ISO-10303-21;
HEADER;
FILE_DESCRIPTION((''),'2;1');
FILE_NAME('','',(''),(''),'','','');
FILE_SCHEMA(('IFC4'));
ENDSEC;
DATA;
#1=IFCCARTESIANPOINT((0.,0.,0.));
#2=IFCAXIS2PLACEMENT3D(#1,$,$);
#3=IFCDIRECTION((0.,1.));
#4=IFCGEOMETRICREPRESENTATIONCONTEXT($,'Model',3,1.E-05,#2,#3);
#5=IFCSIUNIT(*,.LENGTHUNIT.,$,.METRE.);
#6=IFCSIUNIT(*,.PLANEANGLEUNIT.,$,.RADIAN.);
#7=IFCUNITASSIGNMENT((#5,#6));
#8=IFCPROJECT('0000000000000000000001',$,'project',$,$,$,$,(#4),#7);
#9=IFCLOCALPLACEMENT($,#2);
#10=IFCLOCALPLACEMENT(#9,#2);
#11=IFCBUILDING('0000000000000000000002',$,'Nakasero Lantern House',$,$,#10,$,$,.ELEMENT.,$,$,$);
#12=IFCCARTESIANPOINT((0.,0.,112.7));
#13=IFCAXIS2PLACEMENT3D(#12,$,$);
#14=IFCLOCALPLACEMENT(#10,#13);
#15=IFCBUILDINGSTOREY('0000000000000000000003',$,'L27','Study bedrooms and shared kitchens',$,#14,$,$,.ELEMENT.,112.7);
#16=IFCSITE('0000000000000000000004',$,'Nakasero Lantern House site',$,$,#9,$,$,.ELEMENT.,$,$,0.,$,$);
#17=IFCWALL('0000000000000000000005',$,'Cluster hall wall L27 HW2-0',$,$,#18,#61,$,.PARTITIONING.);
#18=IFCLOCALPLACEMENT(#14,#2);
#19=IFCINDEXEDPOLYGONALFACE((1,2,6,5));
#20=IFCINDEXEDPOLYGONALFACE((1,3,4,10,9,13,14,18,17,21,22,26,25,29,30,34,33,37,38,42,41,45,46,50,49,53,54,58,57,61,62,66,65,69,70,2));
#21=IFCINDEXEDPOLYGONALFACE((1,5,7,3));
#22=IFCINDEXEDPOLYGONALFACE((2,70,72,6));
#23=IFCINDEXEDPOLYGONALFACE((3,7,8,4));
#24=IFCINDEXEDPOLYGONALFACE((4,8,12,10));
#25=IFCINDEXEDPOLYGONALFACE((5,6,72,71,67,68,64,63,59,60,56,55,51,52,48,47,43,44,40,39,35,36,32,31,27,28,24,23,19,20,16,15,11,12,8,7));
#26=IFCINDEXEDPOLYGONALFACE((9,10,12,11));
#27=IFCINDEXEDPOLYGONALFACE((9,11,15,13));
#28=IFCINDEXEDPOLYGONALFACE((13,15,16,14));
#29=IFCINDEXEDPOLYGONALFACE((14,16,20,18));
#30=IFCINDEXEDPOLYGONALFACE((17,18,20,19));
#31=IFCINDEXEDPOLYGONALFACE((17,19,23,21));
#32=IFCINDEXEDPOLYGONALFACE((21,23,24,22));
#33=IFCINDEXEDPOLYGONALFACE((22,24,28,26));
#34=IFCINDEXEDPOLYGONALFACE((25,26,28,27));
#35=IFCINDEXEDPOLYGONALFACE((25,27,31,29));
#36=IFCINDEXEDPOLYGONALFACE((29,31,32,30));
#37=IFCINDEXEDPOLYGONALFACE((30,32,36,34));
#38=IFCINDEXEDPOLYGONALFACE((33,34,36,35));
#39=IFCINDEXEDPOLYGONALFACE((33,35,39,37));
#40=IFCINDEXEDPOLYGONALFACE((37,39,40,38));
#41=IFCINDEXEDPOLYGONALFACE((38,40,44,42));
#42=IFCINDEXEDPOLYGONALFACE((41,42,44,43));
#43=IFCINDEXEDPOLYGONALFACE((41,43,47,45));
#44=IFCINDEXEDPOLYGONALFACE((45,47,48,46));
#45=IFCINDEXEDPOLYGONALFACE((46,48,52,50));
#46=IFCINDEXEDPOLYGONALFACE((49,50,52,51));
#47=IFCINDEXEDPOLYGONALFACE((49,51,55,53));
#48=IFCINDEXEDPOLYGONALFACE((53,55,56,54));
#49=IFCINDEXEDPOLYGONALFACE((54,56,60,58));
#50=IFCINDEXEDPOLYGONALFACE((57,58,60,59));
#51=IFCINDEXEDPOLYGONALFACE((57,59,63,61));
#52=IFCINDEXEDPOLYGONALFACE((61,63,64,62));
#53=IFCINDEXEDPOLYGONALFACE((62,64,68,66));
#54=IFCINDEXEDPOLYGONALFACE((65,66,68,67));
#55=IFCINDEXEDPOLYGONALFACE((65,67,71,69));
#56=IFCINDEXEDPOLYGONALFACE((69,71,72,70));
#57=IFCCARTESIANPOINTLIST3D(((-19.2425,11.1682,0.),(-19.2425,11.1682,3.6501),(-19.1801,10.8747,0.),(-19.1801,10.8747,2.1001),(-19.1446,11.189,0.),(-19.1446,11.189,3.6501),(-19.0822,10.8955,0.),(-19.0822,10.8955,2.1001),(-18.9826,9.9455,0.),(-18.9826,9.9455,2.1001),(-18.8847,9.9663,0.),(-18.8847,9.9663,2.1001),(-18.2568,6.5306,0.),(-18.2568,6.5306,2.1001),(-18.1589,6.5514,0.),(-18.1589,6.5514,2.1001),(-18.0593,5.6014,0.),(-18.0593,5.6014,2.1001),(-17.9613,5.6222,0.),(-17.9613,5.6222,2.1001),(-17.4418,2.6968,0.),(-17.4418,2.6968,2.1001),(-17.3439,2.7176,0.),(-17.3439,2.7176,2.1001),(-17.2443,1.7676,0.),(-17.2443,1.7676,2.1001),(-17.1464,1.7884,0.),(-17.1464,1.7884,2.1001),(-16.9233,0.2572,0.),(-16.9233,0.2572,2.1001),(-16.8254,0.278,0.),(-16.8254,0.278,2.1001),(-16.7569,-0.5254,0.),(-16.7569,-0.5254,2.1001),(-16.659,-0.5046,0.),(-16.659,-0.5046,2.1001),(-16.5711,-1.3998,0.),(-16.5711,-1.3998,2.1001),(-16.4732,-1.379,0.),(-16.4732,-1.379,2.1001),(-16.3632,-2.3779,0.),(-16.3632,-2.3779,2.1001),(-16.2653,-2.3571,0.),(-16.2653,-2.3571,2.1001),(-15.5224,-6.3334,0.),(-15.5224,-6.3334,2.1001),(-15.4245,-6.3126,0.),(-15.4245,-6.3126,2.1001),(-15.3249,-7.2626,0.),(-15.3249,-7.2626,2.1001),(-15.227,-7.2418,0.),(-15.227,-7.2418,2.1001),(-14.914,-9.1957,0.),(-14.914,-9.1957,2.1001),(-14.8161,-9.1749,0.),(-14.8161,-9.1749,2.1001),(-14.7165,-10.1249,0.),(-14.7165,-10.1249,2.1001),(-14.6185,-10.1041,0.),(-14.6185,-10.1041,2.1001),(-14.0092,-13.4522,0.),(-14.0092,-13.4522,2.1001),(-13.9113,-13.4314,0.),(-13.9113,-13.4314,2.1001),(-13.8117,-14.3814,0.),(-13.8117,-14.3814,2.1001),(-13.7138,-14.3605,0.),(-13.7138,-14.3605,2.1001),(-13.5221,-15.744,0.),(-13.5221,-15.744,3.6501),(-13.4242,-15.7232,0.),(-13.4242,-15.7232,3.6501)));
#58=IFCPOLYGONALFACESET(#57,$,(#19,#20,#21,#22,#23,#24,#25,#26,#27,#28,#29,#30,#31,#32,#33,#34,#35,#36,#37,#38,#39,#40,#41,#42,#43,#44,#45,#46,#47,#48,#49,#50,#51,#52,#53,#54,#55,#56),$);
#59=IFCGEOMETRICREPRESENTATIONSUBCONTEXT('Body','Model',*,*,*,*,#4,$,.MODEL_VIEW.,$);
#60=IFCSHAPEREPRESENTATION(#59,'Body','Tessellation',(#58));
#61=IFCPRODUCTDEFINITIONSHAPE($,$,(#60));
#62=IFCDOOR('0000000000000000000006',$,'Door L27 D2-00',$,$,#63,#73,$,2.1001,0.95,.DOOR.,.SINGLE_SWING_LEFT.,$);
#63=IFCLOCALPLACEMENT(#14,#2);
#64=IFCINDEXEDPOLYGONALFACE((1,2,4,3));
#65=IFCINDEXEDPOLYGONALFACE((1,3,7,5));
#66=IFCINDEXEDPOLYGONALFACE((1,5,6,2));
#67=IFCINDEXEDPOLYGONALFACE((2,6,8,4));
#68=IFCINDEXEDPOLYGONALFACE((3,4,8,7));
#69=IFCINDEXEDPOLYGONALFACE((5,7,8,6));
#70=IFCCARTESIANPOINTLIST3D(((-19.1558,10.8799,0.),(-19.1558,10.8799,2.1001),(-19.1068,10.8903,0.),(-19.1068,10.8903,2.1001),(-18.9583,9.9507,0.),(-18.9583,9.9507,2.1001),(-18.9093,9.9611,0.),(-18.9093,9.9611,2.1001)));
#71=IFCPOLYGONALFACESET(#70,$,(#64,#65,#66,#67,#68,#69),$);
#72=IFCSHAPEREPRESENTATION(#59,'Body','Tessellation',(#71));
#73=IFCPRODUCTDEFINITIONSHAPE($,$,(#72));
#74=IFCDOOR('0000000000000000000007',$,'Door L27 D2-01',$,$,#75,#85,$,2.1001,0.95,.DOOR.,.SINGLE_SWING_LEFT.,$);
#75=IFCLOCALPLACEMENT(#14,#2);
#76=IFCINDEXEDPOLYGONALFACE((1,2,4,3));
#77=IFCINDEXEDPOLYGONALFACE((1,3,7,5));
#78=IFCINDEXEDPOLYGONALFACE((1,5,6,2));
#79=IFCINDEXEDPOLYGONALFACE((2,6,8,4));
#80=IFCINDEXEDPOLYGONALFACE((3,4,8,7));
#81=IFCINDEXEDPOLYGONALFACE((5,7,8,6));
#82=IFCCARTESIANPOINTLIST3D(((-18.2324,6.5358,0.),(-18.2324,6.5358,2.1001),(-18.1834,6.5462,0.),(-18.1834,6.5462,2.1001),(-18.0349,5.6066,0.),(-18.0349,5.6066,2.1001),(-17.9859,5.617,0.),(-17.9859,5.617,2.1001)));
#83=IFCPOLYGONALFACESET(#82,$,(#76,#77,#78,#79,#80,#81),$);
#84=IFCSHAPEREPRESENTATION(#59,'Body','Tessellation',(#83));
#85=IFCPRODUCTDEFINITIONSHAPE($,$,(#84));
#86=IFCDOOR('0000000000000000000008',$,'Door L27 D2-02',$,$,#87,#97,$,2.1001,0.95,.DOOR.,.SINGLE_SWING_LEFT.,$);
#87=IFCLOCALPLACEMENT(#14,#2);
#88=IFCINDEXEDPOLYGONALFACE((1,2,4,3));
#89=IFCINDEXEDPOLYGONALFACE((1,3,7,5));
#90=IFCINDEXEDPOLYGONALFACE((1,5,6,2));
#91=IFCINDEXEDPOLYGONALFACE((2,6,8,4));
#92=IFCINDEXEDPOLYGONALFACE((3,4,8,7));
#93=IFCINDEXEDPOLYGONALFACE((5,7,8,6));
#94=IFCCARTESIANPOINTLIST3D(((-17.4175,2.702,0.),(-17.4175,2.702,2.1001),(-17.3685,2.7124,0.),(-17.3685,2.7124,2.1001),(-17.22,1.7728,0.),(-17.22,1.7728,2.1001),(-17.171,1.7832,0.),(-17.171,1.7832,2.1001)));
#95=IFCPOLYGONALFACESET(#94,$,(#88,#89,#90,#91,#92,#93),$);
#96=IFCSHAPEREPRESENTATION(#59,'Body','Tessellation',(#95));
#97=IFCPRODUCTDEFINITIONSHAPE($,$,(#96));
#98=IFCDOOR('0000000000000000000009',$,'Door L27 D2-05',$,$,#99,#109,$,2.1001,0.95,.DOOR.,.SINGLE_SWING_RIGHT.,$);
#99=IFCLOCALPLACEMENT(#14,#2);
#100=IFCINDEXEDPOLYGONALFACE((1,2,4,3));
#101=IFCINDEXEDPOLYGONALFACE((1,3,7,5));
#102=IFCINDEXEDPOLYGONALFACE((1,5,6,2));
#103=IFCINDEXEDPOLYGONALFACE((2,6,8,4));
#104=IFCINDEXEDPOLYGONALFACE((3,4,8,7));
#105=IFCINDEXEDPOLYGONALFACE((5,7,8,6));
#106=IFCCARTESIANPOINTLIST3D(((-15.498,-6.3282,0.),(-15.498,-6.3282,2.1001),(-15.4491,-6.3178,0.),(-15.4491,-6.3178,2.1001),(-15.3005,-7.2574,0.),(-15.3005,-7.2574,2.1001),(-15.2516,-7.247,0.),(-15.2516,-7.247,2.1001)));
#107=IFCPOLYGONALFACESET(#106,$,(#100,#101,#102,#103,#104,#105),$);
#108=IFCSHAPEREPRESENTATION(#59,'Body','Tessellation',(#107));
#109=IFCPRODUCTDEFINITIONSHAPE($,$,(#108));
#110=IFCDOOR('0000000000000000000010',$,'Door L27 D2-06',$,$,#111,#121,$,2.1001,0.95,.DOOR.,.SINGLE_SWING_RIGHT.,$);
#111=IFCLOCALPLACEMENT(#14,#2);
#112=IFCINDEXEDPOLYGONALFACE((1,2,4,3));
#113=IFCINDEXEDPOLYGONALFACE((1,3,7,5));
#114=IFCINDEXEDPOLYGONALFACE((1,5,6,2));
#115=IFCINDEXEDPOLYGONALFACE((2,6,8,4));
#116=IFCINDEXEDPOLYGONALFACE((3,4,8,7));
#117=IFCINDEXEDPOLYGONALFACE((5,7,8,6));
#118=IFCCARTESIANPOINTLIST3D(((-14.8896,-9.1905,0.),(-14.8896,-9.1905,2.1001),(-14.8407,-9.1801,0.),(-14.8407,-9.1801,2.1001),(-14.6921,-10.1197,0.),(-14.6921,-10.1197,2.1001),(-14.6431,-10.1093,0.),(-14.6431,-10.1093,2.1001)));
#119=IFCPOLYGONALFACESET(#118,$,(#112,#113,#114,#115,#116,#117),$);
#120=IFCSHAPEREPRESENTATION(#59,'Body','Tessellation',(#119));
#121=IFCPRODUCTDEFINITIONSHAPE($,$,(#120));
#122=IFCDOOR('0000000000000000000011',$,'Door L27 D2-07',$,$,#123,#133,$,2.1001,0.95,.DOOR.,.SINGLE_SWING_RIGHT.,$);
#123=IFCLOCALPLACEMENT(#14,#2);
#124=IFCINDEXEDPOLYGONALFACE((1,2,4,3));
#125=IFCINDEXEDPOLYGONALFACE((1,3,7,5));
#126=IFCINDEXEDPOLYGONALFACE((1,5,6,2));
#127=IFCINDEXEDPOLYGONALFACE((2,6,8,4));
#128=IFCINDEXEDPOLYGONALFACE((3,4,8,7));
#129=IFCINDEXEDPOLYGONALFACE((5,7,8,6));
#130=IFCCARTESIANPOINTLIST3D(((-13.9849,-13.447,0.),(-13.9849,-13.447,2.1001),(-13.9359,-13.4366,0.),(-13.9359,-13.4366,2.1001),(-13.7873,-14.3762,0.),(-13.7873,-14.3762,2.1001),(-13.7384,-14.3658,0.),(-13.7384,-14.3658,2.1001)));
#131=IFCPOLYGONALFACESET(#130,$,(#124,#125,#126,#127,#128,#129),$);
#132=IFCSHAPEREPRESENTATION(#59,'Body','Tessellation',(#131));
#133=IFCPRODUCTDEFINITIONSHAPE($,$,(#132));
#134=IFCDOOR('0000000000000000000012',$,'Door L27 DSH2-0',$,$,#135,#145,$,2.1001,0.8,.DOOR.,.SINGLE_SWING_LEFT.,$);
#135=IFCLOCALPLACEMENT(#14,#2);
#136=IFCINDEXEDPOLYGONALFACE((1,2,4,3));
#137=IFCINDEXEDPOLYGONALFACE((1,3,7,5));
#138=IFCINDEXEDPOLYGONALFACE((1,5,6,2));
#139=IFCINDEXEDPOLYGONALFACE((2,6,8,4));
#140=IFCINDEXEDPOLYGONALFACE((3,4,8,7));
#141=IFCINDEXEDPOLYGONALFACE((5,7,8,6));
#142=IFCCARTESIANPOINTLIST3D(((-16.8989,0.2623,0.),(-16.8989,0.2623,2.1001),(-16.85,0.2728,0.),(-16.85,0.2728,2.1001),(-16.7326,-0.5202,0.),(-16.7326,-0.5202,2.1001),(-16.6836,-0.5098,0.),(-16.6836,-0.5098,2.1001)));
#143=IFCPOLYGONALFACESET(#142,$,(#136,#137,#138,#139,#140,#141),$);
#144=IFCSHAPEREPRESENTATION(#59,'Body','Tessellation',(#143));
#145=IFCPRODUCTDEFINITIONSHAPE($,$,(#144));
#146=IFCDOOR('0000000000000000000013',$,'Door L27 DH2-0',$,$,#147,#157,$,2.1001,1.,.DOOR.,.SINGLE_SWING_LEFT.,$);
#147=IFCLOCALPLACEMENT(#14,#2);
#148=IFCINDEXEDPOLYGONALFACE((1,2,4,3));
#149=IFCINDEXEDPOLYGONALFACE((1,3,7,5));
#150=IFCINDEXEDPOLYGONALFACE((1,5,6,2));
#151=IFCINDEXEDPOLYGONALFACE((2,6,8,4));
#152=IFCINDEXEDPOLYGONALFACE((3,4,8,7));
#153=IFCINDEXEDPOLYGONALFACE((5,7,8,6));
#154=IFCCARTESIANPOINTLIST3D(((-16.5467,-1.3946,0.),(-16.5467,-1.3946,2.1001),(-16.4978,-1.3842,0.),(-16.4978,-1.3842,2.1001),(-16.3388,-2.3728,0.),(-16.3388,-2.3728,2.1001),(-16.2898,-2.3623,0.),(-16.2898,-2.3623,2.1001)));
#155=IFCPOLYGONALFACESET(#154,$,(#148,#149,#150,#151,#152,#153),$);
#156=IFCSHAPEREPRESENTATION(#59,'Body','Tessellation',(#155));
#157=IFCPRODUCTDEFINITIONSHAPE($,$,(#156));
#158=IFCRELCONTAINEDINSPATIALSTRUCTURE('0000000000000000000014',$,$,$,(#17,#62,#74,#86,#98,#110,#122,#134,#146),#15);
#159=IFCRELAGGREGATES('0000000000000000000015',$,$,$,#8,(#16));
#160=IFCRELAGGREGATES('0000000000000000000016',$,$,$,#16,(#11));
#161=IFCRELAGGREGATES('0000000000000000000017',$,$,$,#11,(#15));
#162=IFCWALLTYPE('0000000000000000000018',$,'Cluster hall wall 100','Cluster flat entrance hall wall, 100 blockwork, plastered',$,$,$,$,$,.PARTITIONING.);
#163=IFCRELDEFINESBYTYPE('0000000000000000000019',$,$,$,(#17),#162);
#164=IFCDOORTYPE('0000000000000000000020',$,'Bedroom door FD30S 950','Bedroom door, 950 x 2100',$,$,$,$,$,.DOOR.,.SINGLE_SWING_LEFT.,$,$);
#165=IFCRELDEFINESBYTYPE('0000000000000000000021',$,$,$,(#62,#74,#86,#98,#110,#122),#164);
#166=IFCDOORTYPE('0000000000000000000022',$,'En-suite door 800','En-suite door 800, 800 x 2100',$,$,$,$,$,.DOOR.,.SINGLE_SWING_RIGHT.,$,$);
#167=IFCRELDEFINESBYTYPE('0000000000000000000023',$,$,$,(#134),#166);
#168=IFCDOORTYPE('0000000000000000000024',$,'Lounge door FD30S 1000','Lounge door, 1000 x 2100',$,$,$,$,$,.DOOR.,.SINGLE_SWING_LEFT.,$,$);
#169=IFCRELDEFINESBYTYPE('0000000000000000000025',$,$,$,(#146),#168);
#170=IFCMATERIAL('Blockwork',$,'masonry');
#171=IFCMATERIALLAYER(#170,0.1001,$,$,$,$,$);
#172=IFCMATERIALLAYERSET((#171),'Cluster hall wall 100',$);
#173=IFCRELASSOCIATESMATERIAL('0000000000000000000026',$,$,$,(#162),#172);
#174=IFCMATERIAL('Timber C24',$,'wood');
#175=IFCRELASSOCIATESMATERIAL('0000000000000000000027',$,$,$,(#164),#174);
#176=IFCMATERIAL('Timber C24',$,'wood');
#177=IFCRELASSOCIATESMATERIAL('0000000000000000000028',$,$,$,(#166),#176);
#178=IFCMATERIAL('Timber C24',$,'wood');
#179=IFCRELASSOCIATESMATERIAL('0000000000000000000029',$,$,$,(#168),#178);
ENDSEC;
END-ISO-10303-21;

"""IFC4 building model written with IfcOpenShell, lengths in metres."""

from ifc_helpers import new_model, si_unit, direction, frame, frame_2d, origin, place, context, subcontext, project, spatial, rectangle, extrude, material, layer, layer_set, type_object, element, fill, save


model = new_model("IFC4")

# Units and contexts
model_context = context("Model", 3, precision=1e-05, world=origin(), true_north=direction((0.0, 1.0)))
body_context = subcontext(model_context, "Body", "Model", "MODEL_VIEW")
ifc_project = project(units=[si_unit("LENGTHUNIT", "METRE"), si_unit("PLANEANGLEUNIT", "RADIAN")], contexts=[model_context])

# Site, building, storey
site_placement = place(None, origin())
site = spatial("IfcSite", under=ifc_project, at=site_placement, Name="Nakasero Lantern House site", CompositionType="ELEMENT", RefElevation=0.0)
building_placement = place(site_placement, origin())
building = spatial("IfcBuilding", under=site, at=building_placement, Name="Nakasero Lantern House", CompositionType="ELEMENT")
storey_placement = place(building_placement, frame((0.0, 0.0, 112.7)))
storey = spatial("IfcBuildingStorey", under=building, at=storey_placement, Name="L27", Description="Study bedrooms and shared kitchens", CompositionType="ELEMENT", Elevation=112.7)

# Wall, openings, doors
ifc_material_1 = material(Name="Blockwork", Category="masonry")
ifc_layer_1 = layer(ifc_material_1, 0.1001)
ifc_layer_set_1 = layer_set([ifc_layer_1], Name="Cluster hall wall 100")
wall_type_1 = type_object("IfcWallType", Name="Cluster hall wall 100", Description="Cluster flat entrance hall wall, 100 blockwork, plastered", PredefinedType="PARTITIONING", material=ifc_layer_set_1)
wall_1_placement = place(storey_placement, frame((-19.1936, 11.1787, 0.0), z_axis=(0.0, 0.0, 1.0), x_axis=(0.207916, -0.978147, 0.0)))
wall_1 = element("IfcWall", 1, at=wall_1_placement, inside=storey, type_object=wall_type_1, Name="Cluster hall wall L27 HW2-0", PredefinedType="PARTITIONING", context=body_context, shape_type="SweptSolid", body=[
    extrude(rectangle(XDim=27.5134, YDim=0.1001, at=frame_2d((13.7568, 0.0))), origin(), (0.0, 0.0, 1.0), 3.6501),
])
opening_1_placement = place(wall_1_placement, frame((12.8489, 0.0, 0.0)))
opening_1 = element("IfcOpeningElement", 2, at=opening_1_placement, cuts=wall_1, PredefinedType="OPENING", context=body_context, shape_type="SweptSolid", body=[
    extrude(rectangle(XDim=1.0, YDim=2.1001, at=frame_2d((0.5, 1.05))), frame((0.0, 0.0701, 0.0), z_axis=(0.0, -1.0, 0.0), x_axis=(1.0, 0.0, 0.0)), (0.0, 0.0, 1.0), 0.1401),
])
opening_2_placement = place(wall_1_placement, frame((11.155, 0.0, 0.0)))
opening_2 = element("IfcOpeningElement", 3, at=opening_2_placement, cuts=wall_1, PredefinedType="OPENING", context=body_context, shape_type="SweptSolid", body=[
    extrude(rectangle(XDim=0.8, YDim=2.1001, at=frame_2d((0.3999, 1.05))), frame((0.0, 0.0701, 0.0), z_axis=(0.0, -1.0, 0.0), x_axis=(1.0, 0.0, 0.0)), (0.0, 0.0, 1.0), 0.1401),
])
opening_3_placement = place(wall_1_placement, frame((0.3, 0.0, 0.0)))
opening_3 = element("IfcOpeningElement", 4, at=opening_3_placement, cuts=wall_1, PredefinedType="OPENING", context=body_context, shape_type="SweptSolid", body=[
    extrude(rectangle(XDim=0.95, YDim=2.1001, at=frame_2d((0.4751, 1.05))), frame((0.0, 0.0701, 0.0), z_axis=(0.0, -1.0, 0.0), x_axis=(1.0, 0.0, 0.0)), (0.0, 0.0, 1.0), 0.1401),
])
opening_4_placement = place(wall_1_placement, frame((4.7412, 0.0, 0.0)))
opening_4 = element("IfcOpeningElement", 5, at=opening_4_placement, cuts=wall_1, PredefinedType="OPENING", context=body_context, shape_type="SweptSolid", body=[
    extrude(rectangle(XDim=0.95, YDim=2.1001, at=frame_2d((0.4751, 1.05))), frame((0.0, 0.0701, 0.0), z_axis=(0.0, -1.0, 0.0), x_axis=(1.0, 0.0, 0.0)), (0.0, 0.0, 1.0), 0.1401),
])
opening_5_placement = place(wall_1_placement, frame((8.6606, 0.0, 0.0)))
opening_5 = element("IfcOpeningElement", 6, at=opening_5_placement, cuts=wall_1, PredefinedType="OPENING", context=body_context, shape_type="SweptSolid", body=[
    extrude(rectangle(XDim=0.95, YDim=2.1001, at=frame_2d((0.4751, 1.05))), frame((0.0, 0.0701, 0.0), z_axis=(0.0, -1.0, 0.0), x_axis=(1.0, 0.0, 0.0)), (0.0, 0.0, 1.0), 0.1401),
])
opening_6_placement = place(wall_1_placement, frame((17.8926, 0.0, 0.0)))
opening_6 = element("IfcOpeningElement", 7, at=opening_6_placement, cuts=wall_1, PredefinedType="OPENING", context=body_context, shape_type="SweptSolid", body=[
    extrude(rectangle(XDim=0.95, YDim=2.1001, at=frame_2d((0.4751, 1.05))), frame((0.0, 0.0701, 0.0), z_axis=(0.0, -1.0, 0.0), x_axis=(1.0, 0.0, 0.0)), (0.0, 0.0, 1.0), 0.1401),
])
opening_7_placement = place(wall_1_placement, frame((20.8188, 0.0, 0.0)))
opening_7 = element("IfcOpeningElement", 8, at=opening_7_placement, cuts=wall_1, PredefinedType="OPENING", context=body_context, shape_type="SweptSolid", body=[
    extrude(rectangle(XDim=0.95, YDim=2.1001, at=frame_2d((0.4751, 1.05))), frame((0.0, 0.0701, 0.0), z_axis=(0.0, -1.0, 0.0), x_axis=(1.0, 0.0, 0.0)), (0.0, 0.0, 1.0), 0.1401),
])
opening_8_placement = place(wall_1_placement, frame((25.1704, 0.0, 0.0)))
opening_8 = element("IfcOpeningElement", 9, at=opening_8_placement, cuts=wall_1, PredefinedType="OPENING", context=body_context, shape_type="SweptSolid", body=[
    extrude(rectangle(XDim=0.95, YDim=2.1001, at=frame_2d((0.4751, 1.05))), frame((0.0, 0.0701, 0.0), z_axis=(0.0, -1.0, 0.0), x_axis=(1.0, 0.0, 0.0)), (0.0, 0.0, 1.0), 0.1401),
])
ifc_material_2 = material(Name="Timber C24", Category="wood")
door_type_1 = type_object("IfcDoorType", Name="Bedroom door FD30S 950", Description="Bedroom door, 950 x 2100", OperationType="SINGLE_SWING_LEFT", PredefinedType="DOOR", material=ifc_material_2)
door_1_placement = place(opening_3_placement, origin())
door_1 = element("IfcDoor", 10, at=door_1_placement, inside=storey, type_object=door_type_1, Name="Door L27 D2-00", OperationType="SINGLE_SWING_LEFT", OverallHeight=2.1001, OverallWidth=0.95, PredefinedType="DOOR", context=body_context, shape_type="SweptSolid", body=[
    extrude(rectangle(XDim=0.95, YDim=2.1001, at=frame_2d((0.4751, 1.05))), frame((0.0, 0.0249, 0.0), z_axis=(0.0, -1.0, 0.0), x_axis=(1.0, 0.0, 0.0)), (0.0, 0.0, 1.0), 0.05),
])
fill(opening_3, door_1)
door_2_placement = place(opening_4_placement, origin())
door_2 = element("IfcDoor", 11, at=door_2_placement, inside=storey, type_object=door_type_1, Name="Door L27 D2-01", OperationType="SINGLE_SWING_LEFT", OverallHeight=2.1001, OverallWidth=0.95, PredefinedType="DOOR", context=body_context, shape_type="SweptSolid", body=[
    extrude(rectangle(XDim=0.95, YDim=2.1001, at=frame_2d((0.4751, 1.05))), frame((0.0, 0.0249, 0.0), z_axis=(0.0, -1.0, 0.0), x_axis=(1.0, 0.0, 0.0)), (0.0, 0.0, 1.0), 0.05),
])
fill(opening_4, door_2)
door_3_placement = place(opening_5_placement, origin())
door_3 = element("IfcDoor", 12, at=door_3_placement, inside=storey, type_object=door_type_1, Name="Door L27 D2-02", OperationType="SINGLE_SWING_LEFT", OverallHeight=2.1001, OverallWidth=0.95, PredefinedType="DOOR", context=body_context, shape_type="SweptSolid", body=[
    extrude(rectangle(XDim=0.95, YDim=2.1001, at=frame_2d((0.4751, 1.05))), frame((0.0, 0.0249, 0.0), z_axis=(0.0, -1.0, 0.0), x_axis=(1.0, 0.0, 0.0)), (0.0, 0.0, 1.0), 0.05),
])
fill(opening_5, door_3)
door_4_placement = place(opening_6_placement, origin())
door_4 = element("IfcDoor", 13, at=door_4_placement, inside=storey, type_object=door_type_1, Name="Door L27 D2-05", OperationType="SINGLE_SWING_RIGHT", OverallHeight=2.1001, OverallWidth=0.95, PredefinedType="DOOR", context=body_context, shape_type="SweptSolid", body=[
    extrude(rectangle(XDim=0.95, YDim=2.1001, at=frame_2d((0.4751, 1.05))), frame((0.0, 0.0249, 0.0), z_axis=(0.0, -1.0, 0.0), x_axis=(1.0, 0.0, 0.0)), (0.0, 0.0, 1.0), 0.05),
])
fill(opening_6, door_4)
door_5_placement = place(opening_7_placement, origin())
door_5 = element("IfcDoor", 14, at=door_5_placement, inside=storey, type_object=door_type_1, Name="Door L27 D2-06", OperationType="SINGLE_SWING_RIGHT", OverallHeight=2.1001, OverallWidth=0.95, PredefinedType="DOOR", context=body_context, shape_type="SweptSolid", body=[
    extrude(rectangle(XDim=0.95, YDim=2.1001, at=frame_2d((0.4751, 1.05))), frame((0.0, 0.0249, 0.0), z_axis=(0.0, -1.0, 0.0), x_axis=(1.0, 0.0, 0.0)), (0.0, 0.0, 1.0), 0.05),
])
fill(opening_7, door_5)
door_6_placement = place(opening_8_placement, origin())
door_6 = element("IfcDoor", 15, at=door_6_placement, inside=storey, type_object=door_type_1, Name="Door L27 D2-07", OperationType="SINGLE_SWING_RIGHT", OverallHeight=2.1001, OverallWidth=0.95, PredefinedType="DOOR", context=body_context, shape_type="SweptSolid", body=[
    extrude(rectangle(XDim=0.95, YDim=2.1001, at=frame_2d((0.4751, 1.05))), frame((0.0, 0.0249, 0.0), z_axis=(0.0, -1.0, 0.0), x_axis=(1.0, 0.0, 0.0)), (0.0, 0.0, 1.0), 0.05),
])
fill(opening_8, door_6)
ifc_material_3 = material(Name="Timber C24", Category="wood")
door_type_2 = type_object("IfcDoorType", Name="En-suite door 800", Description="En-suite door 800, 800 x 2100", OperationType="SINGLE_SWING_RIGHT", PredefinedType="DOOR", material=ifc_material_3)
door_7_placement = place(opening_2_placement, origin())
door_7 = element("IfcDoor", 16, at=door_7_placement, inside=storey, type_object=door_type_2, Name="Door L27 DSH2-0", OperationType="SINGLE_SWING_LEFT", OverallHeight=2.1001, OverallWidth=0.8, PredefinedType="DOOR", context=body_context, shape_type="SweptSolid", body=[
    extrude(rectangle(XDim=0.8, YDim=2.1001, at=frame_2d((0.3999, 1.05))), frame((0.0, 0.0249, 0.0), z_axis=(0.0, -1.0, 0.0), x_axis=(1.0, 0.0, 0.0)), (0.0, 0.0, 1.0), 0.05),
])
fill(opening_2, door_7)
ifc_material_4 = material(Name="Timber C24", Category="wood")
door_type_3 = type_object("IfcDoorType", Name="Lounge door FD30S 1000", Description="Lounge door, 1000 x 2100", OperationType="SINGLE_SWING_LEFT", PredefinedType="DOOR", material=ifc_material_4)
door_8_placement = place(opening_1_placement, origin())
door_8 = element("IfcDoor", 17, at=door_8_placement, inside=storey, type_object=door_type_3, Name="Door L27 DH2-0", OperationType="SINGLE_SWING_LEFT", OverallHeight=2.1001, OverallWidth=1.0, PredefinedType="DOOR", context=body_context, shape_type="SweptSolid", body=[
    extrude(rectangle(XDim=1.0, YDim=2.1001, at=frame_2d((0.5, 1.05))), frame((0.0, 0.0249, 0.0), z_axis=(0.0, -1.0, 0.0), x_axis=(1.0, 0.0, 0.0)), (0.0, 0.0, 1.0), 0.05),
])
fill(opening_1, door_8)

save(model, "model.ifc")
